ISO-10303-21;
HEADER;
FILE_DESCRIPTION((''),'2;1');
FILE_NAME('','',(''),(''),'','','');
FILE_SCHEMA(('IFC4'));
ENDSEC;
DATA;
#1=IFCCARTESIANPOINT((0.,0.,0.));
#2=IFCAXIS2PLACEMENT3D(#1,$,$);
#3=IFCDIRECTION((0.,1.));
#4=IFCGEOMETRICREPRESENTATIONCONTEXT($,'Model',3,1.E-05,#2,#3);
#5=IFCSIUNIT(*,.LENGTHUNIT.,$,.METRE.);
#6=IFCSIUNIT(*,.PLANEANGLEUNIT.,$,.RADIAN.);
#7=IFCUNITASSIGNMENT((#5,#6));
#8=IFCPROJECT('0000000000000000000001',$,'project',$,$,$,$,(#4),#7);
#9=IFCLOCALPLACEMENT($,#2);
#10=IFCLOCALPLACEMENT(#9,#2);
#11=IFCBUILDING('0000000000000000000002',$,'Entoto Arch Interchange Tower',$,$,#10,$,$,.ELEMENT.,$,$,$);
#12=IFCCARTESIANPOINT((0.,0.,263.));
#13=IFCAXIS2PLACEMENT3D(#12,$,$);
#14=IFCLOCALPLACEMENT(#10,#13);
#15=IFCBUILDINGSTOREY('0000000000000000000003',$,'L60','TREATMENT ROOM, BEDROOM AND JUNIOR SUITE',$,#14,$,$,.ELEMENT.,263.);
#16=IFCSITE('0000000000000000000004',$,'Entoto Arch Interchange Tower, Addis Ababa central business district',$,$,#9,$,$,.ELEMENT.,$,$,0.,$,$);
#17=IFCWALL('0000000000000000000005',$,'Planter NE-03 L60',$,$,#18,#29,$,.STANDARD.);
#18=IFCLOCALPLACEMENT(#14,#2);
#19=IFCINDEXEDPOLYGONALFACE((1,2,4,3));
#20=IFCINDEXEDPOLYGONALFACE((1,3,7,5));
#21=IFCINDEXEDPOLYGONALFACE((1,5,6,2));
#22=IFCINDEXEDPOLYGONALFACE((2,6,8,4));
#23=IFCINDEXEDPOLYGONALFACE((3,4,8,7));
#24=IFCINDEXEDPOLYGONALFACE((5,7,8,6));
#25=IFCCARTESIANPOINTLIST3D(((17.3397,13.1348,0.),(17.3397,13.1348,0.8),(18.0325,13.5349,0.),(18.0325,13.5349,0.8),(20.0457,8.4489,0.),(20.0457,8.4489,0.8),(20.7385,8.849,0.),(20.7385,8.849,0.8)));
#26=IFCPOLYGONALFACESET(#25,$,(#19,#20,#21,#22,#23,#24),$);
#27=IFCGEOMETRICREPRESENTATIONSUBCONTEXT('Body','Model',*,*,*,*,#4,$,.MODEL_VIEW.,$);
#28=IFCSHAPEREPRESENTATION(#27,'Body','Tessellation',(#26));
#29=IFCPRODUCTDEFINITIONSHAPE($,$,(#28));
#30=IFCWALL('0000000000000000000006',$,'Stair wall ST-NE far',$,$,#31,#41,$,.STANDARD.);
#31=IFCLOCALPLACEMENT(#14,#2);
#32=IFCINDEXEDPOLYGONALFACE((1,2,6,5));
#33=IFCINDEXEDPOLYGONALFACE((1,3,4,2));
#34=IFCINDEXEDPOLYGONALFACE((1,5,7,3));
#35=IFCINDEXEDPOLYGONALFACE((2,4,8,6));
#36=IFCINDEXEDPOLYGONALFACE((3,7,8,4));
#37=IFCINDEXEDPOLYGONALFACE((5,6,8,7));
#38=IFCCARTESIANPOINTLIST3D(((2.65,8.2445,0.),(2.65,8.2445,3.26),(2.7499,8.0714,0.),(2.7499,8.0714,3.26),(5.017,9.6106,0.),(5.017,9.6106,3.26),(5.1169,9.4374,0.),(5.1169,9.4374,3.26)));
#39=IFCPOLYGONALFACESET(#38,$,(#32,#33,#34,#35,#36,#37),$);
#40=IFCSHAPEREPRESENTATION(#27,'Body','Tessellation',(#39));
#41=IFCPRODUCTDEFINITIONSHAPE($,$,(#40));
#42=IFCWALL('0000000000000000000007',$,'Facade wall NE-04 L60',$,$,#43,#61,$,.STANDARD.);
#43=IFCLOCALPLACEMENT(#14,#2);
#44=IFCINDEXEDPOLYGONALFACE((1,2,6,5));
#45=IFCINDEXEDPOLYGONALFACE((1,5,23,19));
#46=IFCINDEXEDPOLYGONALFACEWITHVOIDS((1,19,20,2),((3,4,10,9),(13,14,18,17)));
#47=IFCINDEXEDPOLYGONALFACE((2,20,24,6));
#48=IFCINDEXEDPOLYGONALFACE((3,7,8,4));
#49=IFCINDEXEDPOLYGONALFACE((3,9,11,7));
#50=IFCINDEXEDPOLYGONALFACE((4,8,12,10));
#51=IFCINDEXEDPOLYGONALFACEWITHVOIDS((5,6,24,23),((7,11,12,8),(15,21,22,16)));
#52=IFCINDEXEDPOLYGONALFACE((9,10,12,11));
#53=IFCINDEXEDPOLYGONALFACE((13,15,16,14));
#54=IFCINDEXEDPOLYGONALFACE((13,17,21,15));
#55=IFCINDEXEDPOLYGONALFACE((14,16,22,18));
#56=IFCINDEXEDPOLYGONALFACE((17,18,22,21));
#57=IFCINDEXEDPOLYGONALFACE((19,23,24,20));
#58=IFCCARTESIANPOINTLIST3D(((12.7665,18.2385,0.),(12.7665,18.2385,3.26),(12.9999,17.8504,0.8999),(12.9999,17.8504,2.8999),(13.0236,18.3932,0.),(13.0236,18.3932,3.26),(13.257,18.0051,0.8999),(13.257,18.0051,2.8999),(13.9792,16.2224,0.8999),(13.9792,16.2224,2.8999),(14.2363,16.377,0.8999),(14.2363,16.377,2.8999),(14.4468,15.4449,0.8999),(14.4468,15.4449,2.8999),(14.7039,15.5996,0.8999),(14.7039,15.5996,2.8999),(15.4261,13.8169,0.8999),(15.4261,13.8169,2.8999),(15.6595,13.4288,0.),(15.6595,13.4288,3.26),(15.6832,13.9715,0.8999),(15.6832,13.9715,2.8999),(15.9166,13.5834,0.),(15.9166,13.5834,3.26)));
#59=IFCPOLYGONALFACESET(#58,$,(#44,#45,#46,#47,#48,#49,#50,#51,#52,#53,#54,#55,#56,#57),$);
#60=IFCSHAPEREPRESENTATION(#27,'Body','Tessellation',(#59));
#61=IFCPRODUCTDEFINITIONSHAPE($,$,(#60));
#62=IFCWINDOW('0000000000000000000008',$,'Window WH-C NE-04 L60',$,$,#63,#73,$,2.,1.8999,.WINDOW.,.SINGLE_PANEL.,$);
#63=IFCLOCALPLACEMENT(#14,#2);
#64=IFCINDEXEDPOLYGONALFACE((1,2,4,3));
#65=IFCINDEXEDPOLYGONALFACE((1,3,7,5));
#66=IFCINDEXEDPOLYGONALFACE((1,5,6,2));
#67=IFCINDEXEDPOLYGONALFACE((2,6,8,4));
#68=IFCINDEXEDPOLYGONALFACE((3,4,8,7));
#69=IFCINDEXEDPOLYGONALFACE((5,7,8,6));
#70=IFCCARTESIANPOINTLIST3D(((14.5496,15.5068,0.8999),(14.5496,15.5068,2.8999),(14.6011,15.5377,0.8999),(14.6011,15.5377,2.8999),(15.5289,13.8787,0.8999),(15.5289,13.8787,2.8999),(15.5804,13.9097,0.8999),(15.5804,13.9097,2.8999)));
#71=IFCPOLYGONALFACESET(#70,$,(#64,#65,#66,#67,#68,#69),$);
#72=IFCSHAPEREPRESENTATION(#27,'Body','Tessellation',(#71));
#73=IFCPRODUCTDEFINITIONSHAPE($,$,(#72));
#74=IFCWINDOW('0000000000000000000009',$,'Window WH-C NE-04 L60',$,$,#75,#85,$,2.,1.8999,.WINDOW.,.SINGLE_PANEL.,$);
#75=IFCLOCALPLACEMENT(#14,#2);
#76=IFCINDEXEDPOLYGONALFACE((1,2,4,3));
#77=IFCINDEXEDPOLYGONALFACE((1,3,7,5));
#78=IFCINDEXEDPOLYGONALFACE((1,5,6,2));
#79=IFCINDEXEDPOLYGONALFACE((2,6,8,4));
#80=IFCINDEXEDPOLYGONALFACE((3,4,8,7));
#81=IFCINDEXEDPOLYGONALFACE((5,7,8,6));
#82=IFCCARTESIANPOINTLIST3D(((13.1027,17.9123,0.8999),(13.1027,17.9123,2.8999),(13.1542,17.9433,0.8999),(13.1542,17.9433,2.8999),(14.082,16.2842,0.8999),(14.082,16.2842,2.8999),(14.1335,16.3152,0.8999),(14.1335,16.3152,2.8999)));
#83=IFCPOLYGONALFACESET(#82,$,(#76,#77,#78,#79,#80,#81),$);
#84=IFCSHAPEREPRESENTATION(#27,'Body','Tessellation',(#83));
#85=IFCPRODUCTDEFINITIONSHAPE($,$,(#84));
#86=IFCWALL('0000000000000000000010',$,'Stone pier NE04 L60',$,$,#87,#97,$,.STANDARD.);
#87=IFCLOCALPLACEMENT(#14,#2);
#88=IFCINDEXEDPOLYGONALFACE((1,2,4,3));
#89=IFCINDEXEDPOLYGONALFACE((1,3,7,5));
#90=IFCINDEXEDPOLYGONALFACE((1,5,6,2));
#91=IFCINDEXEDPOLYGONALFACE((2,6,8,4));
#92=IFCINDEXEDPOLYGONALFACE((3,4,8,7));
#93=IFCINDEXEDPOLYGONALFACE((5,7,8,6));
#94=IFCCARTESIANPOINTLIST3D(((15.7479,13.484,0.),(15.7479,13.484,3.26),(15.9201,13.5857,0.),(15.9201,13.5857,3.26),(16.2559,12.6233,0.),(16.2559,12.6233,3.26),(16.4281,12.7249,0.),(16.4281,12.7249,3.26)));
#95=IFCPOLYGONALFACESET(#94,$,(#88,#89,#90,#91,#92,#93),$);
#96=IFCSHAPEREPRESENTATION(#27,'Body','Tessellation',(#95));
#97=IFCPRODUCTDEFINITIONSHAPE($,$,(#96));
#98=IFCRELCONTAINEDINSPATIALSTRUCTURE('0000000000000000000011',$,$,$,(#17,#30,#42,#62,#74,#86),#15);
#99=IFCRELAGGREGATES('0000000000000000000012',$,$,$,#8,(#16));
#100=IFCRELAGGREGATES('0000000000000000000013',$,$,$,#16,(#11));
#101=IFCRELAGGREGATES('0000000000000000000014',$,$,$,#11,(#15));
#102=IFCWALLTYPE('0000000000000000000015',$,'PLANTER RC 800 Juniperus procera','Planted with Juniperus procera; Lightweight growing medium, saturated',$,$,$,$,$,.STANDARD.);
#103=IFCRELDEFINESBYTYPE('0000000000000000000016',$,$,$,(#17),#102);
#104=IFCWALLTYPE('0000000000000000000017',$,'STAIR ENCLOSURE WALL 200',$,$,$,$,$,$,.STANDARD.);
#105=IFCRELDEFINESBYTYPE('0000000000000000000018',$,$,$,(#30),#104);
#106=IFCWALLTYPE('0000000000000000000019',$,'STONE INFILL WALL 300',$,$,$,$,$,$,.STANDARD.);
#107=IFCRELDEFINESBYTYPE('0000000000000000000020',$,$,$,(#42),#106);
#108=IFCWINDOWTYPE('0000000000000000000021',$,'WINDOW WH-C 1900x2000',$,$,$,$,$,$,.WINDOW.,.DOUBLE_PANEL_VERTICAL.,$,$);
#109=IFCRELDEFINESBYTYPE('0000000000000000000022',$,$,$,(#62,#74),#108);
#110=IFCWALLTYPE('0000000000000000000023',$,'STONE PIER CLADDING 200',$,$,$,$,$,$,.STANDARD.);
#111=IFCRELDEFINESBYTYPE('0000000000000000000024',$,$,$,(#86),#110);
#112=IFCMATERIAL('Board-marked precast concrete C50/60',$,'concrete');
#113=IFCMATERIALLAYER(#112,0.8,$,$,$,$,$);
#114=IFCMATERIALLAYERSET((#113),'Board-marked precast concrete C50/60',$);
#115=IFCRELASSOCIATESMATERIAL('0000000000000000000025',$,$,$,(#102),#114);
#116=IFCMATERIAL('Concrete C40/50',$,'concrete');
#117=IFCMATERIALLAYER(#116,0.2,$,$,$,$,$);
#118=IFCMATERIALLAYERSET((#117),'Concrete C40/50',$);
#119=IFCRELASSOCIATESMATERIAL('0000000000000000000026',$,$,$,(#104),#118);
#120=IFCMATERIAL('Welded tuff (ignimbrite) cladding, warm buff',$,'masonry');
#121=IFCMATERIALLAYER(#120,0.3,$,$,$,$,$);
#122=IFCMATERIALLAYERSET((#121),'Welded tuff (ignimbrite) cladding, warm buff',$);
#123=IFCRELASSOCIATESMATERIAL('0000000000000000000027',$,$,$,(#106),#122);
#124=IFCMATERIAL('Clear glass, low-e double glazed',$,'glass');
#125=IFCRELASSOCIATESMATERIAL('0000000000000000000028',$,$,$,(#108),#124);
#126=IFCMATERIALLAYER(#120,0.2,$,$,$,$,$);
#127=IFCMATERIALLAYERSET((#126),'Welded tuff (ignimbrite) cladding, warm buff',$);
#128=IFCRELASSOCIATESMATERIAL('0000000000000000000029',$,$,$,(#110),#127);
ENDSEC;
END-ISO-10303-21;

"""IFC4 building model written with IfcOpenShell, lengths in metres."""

from ifc_helpers import new_model, si_unit, direction, frame, frame_2d, origin, place, context, subcontext, project, spatial, rectangle, extrude, material, layer, layer_set, type_object, element, fill, save


model = new_model("IFC4")

# Units and contexts
model_context = context("Model", 3, precision=1e-05, world=origin(), true_north=direction((0.0, 1.0)))
body_context = subcontext(model_context, "Body", "Model", "MODEL_VIEW")
ifc_project = project(units=[si_unit("LENGTHUNIT", "METRE"), si_unit("PLANEANGLEUNIT", "RADIAN")], contexts=[model_context])

# Site, building, storey
site_placement = place(None, origin())
site = spatial("IfcSite", under=ifc_project, at=site_placement, Name="Entoto Arch Interchange Tower, Addis Ababa central business district", CompositionType="ELEMENT", RefElevation=0.0)
building_placement = place(site_placement, origin())
building = spatial("IfcBuilding", under=site, at=building_placement, Name="Entoto Arch Interchange Tower", CompositionType="ELEMENT")
storey_placement = place(building_placement, frame((0.0, 0.0, 263.0)))
storey = spatial("IfcBuildingStorey", under=building, at=storey_placement, Name="L60", Description="TREATMENT ROOM, BEDROOM AND JUNIOR SUITE", CompositionType="ELEMENT", Elevation=263.0)

# Shared definitions
ifc_material_1 = material(Name="Concrete C40/50", Category="concrete")

# Walls
ifc_material_2 = material(Name="Board-marked precast concrete C50/60", Category="concrete")
ifc_layer_1 = layer(ifc_material_2, 0.8)
ifc_layer_set_1 = layer_set([ifc_layer_1], Name="Board-marked precast concrete C50/60")
wall_type_1 = type_object("IfcWallType", Name="PLANTER RC 800 Juniperus procera", Description="Planted with Juniperus procera; Lightweight growing medium, saturated", PredefinedType="STANDARD", material=ifc_layer_set_1)
wall_1_placement = place(storey_placement, frame((20.3921, 8.6489, 0.0), z_axis=(0.0, 0.0, 1.0), x_axis=(-0.500079, 0.86598, 0.0)))
element("IfcWall", 1, at=wall_1_placement, inside=storey, type_object=wall_type_1, Name="Planter NE-03 L60", PredefinedType="STANDARD", context=body_context, shape_type="SweptSolid", body=[
    extrude(rectangle(XDim=5.4111, YDim=0.8, at=frame_2d((2.7056, 0.0))), origin(), (0.0, 0.0, 1.0), 0.8),
])
ifc_layer_2 = layer(ifc_material_1, 0.2)
ifc_layer_set_2 = layer_set([ifc_layer_2], Name="Concrete C40/50")
wall_type_2 = type_object("IfcWallType", Name="STAIR ENCLOSURE WALL 200", PredefinedType="STANDARD", material=ifc_layer_set_2)
wall_2_placement = place(storey_placement, frame((2.7, 8.158, 0.0), z_axis=(0.0, 0.0, 1.0), x_axis=(0.866119, 0.499838, 0.0)))
element("IfcWall", 2, at=wall_2_placement, inside=storey, type_object=wall_type_2, Name="Stair wall ST-NE far", PredefinedType="STANDARD", context=body_context, shape_type="SweptSolid", body=[
    extrude(rectangle(XDim=2.7329, YDim=0.2, at=frame_2d((1.3665, 0.0))), origin(), (0.0, 0.0, 1.0), 3.26),
])

# Wall, openings, windows
ifc_material_3 = material(Name="Welded tuff (ignimbrite) cladding, warm buff", Category="masonry")
ifc_layer_3 = layer(ifc_material_3, 0.3)
ifc_layer_set_3 = layer_set([ifc_layer_3], Name="Welded tuff (ignimbrite) cladding, warm buff")
wall_type_3 = type_object("IfcWallType", Name="STONE INFILL WALL 300", PredefinedType="STANDARD", material=ifc_layer_set_3)
wall_3_placement = place(storey_placement, frame((15.7881, 13.5061, 0.0), z_axis=(0.0, 0.0, 1.0), x_axis=(-0.515436, 0.856928, 0.0)))
wall_3 = element("IfcWall", 3, at=wall_3_placement, inside=storey, type_object=wall_type_3, Name="Facade wall NE-04 L60", PredefinedType="STANDARD", context=body_context, shape_type="SweptSolid", body=[
    extrude(rectangle(XDim=5.6128, YDim=0.3, at=frame_2d((2.8064, 0.0))), origin(), (0.0, 0.0, 1.0), 3.26),
])
opening_1_placement = place(wall_3_placement, frame((0.4529, 0.0, 0.8999)))
opening_1 = element("IfcOpeningElement", 4, at=opening_1_placement, cuts=wall_3, PredefinedType="OPENING", context=body_context, shape_type="SweptSolid", body=[
    extrude(rectangle(XDim=1.8999, YDim=2.0, at=frame_2d((0.95, 1.0))), frame((0.0, 0.1602, 0.0), z_axis=(0.0, -1.0, 0.0), x_axis=(1.0, 0.0, 0.0)), (0.0, 0.0, 1.0), 0.3201),
])
opening_2_placement = place(wall_3_placement, frame((3.26, 0.0, 0.8999)))
opening_2 = element("IfcOpeningElement", 5, at=opening_2_placement, cuts=wall_3, PredefinedType="OPENING", context=body_context, shape_type="SweptSolid", body=[
    extrude(rectangle(XDim=1.8999, YDim=2.0, at=frame_2d((0.95, 1.0))), frame((0.0, 0.1602, 0.0), z_axis=(0.0, -1.0, 0.0), x_axis=(1.0, 0.0, 0.0)), (0.0, 0.0, 1.0), 0.3201),
])
ifc_material_4 = material(Name="Clear glass, low-e double glazed", Category="glass")
window_type = type_object("IfcWindowType", Name="WINDOW WH-C 1900x2000", PartitioningType="DOUBLE_PANEL_VERTICAL", PredefinedType="WINDOW", material=ifc_material_4)
window_1_placement = place(opening_1_placement, origin())
window_1 = element("IfcWindow", 6, at=window_1_placement, inside=storey, type_object=window_type, Name="Window WH-C NE-04 L60", OverallHeight=2.0, OverallWidth=1.8999, PartitioningType="SINGLE_PANEL", PredefinedType="WINDOW", context=body_context, shape_type="SweptSolid", body=[
    extrude(rectangle(XDim=1.8999, YDim=2.0, at=frame_2d((0.95, 1.0))), frame((0.0, 0.03, 0.0), z_axis=(0.0, -1.0, 0.0), x_axis=(1.0, 0.0, 0.0)), (0.0, 0.0, 1.0), 0.0601),
])
fill(opening_1, window_1)
window_2_placement = place(opening_2_placement, origin())
window_2 = element("IfcWindow", 7, at=window_2_placement, inside=storey, type_object=window_type, Name="Window WH-C NE-04 L60", OverallHeight=2.0, OverallWidth=1.8999, PartitioningType="SINGLE_PANEL", PredefinedType="WINDOW", context=body_context, shape_type="SweptSolid", body=[
    extrude(rectangle(XDim=1.8999, YDim=2.0, at=frame_2d((0.95, 1.0))), frame((0.0, 0.03, 0.0), z_axis=(0.0, -1.0, 0.0), x_axis=(1.0, 0.0, 0.0)), (0.0, 0.0, 1.0), 0.0601),
])
fill(opening_2, window_2)

# Wall
ifc_layer_4 = layer(ifc_material_3, 0.2)
ifc_layer_set_4 = layer_set([ifc_layer_4], Name="Welded tuff (ignimbrite) cladding, warm buff")
wall_type_4 = type_object("IfcWallType", Name="STONE PIER CLADDING 200", PredefinedType="STANDARD", material=ifc_layer_set_4)
wall_4_placement = place(storey_placement, frame((16.342, 12.6741, 0.0), z_axis=(0.0, 0.0, 1.0), x_axis=(-0.508268, 0.861199, 0.0)))
element("IfcWall", 8, at=wall_4_placement, inside=storey, type_object=wall_type_4, Name="Stone pier NE04 L60", PredefinedType="STANDARD", context=body_context, shape_type="SweptSolid", body=[
    extrude(rectangle(XDim=0.9995, YDim=0.2, at=frame_2d((0.4998, 0.0))), origin(), (0.0, 0.0, 1.0), 3.26),
])

save(model, "model.ifc")
